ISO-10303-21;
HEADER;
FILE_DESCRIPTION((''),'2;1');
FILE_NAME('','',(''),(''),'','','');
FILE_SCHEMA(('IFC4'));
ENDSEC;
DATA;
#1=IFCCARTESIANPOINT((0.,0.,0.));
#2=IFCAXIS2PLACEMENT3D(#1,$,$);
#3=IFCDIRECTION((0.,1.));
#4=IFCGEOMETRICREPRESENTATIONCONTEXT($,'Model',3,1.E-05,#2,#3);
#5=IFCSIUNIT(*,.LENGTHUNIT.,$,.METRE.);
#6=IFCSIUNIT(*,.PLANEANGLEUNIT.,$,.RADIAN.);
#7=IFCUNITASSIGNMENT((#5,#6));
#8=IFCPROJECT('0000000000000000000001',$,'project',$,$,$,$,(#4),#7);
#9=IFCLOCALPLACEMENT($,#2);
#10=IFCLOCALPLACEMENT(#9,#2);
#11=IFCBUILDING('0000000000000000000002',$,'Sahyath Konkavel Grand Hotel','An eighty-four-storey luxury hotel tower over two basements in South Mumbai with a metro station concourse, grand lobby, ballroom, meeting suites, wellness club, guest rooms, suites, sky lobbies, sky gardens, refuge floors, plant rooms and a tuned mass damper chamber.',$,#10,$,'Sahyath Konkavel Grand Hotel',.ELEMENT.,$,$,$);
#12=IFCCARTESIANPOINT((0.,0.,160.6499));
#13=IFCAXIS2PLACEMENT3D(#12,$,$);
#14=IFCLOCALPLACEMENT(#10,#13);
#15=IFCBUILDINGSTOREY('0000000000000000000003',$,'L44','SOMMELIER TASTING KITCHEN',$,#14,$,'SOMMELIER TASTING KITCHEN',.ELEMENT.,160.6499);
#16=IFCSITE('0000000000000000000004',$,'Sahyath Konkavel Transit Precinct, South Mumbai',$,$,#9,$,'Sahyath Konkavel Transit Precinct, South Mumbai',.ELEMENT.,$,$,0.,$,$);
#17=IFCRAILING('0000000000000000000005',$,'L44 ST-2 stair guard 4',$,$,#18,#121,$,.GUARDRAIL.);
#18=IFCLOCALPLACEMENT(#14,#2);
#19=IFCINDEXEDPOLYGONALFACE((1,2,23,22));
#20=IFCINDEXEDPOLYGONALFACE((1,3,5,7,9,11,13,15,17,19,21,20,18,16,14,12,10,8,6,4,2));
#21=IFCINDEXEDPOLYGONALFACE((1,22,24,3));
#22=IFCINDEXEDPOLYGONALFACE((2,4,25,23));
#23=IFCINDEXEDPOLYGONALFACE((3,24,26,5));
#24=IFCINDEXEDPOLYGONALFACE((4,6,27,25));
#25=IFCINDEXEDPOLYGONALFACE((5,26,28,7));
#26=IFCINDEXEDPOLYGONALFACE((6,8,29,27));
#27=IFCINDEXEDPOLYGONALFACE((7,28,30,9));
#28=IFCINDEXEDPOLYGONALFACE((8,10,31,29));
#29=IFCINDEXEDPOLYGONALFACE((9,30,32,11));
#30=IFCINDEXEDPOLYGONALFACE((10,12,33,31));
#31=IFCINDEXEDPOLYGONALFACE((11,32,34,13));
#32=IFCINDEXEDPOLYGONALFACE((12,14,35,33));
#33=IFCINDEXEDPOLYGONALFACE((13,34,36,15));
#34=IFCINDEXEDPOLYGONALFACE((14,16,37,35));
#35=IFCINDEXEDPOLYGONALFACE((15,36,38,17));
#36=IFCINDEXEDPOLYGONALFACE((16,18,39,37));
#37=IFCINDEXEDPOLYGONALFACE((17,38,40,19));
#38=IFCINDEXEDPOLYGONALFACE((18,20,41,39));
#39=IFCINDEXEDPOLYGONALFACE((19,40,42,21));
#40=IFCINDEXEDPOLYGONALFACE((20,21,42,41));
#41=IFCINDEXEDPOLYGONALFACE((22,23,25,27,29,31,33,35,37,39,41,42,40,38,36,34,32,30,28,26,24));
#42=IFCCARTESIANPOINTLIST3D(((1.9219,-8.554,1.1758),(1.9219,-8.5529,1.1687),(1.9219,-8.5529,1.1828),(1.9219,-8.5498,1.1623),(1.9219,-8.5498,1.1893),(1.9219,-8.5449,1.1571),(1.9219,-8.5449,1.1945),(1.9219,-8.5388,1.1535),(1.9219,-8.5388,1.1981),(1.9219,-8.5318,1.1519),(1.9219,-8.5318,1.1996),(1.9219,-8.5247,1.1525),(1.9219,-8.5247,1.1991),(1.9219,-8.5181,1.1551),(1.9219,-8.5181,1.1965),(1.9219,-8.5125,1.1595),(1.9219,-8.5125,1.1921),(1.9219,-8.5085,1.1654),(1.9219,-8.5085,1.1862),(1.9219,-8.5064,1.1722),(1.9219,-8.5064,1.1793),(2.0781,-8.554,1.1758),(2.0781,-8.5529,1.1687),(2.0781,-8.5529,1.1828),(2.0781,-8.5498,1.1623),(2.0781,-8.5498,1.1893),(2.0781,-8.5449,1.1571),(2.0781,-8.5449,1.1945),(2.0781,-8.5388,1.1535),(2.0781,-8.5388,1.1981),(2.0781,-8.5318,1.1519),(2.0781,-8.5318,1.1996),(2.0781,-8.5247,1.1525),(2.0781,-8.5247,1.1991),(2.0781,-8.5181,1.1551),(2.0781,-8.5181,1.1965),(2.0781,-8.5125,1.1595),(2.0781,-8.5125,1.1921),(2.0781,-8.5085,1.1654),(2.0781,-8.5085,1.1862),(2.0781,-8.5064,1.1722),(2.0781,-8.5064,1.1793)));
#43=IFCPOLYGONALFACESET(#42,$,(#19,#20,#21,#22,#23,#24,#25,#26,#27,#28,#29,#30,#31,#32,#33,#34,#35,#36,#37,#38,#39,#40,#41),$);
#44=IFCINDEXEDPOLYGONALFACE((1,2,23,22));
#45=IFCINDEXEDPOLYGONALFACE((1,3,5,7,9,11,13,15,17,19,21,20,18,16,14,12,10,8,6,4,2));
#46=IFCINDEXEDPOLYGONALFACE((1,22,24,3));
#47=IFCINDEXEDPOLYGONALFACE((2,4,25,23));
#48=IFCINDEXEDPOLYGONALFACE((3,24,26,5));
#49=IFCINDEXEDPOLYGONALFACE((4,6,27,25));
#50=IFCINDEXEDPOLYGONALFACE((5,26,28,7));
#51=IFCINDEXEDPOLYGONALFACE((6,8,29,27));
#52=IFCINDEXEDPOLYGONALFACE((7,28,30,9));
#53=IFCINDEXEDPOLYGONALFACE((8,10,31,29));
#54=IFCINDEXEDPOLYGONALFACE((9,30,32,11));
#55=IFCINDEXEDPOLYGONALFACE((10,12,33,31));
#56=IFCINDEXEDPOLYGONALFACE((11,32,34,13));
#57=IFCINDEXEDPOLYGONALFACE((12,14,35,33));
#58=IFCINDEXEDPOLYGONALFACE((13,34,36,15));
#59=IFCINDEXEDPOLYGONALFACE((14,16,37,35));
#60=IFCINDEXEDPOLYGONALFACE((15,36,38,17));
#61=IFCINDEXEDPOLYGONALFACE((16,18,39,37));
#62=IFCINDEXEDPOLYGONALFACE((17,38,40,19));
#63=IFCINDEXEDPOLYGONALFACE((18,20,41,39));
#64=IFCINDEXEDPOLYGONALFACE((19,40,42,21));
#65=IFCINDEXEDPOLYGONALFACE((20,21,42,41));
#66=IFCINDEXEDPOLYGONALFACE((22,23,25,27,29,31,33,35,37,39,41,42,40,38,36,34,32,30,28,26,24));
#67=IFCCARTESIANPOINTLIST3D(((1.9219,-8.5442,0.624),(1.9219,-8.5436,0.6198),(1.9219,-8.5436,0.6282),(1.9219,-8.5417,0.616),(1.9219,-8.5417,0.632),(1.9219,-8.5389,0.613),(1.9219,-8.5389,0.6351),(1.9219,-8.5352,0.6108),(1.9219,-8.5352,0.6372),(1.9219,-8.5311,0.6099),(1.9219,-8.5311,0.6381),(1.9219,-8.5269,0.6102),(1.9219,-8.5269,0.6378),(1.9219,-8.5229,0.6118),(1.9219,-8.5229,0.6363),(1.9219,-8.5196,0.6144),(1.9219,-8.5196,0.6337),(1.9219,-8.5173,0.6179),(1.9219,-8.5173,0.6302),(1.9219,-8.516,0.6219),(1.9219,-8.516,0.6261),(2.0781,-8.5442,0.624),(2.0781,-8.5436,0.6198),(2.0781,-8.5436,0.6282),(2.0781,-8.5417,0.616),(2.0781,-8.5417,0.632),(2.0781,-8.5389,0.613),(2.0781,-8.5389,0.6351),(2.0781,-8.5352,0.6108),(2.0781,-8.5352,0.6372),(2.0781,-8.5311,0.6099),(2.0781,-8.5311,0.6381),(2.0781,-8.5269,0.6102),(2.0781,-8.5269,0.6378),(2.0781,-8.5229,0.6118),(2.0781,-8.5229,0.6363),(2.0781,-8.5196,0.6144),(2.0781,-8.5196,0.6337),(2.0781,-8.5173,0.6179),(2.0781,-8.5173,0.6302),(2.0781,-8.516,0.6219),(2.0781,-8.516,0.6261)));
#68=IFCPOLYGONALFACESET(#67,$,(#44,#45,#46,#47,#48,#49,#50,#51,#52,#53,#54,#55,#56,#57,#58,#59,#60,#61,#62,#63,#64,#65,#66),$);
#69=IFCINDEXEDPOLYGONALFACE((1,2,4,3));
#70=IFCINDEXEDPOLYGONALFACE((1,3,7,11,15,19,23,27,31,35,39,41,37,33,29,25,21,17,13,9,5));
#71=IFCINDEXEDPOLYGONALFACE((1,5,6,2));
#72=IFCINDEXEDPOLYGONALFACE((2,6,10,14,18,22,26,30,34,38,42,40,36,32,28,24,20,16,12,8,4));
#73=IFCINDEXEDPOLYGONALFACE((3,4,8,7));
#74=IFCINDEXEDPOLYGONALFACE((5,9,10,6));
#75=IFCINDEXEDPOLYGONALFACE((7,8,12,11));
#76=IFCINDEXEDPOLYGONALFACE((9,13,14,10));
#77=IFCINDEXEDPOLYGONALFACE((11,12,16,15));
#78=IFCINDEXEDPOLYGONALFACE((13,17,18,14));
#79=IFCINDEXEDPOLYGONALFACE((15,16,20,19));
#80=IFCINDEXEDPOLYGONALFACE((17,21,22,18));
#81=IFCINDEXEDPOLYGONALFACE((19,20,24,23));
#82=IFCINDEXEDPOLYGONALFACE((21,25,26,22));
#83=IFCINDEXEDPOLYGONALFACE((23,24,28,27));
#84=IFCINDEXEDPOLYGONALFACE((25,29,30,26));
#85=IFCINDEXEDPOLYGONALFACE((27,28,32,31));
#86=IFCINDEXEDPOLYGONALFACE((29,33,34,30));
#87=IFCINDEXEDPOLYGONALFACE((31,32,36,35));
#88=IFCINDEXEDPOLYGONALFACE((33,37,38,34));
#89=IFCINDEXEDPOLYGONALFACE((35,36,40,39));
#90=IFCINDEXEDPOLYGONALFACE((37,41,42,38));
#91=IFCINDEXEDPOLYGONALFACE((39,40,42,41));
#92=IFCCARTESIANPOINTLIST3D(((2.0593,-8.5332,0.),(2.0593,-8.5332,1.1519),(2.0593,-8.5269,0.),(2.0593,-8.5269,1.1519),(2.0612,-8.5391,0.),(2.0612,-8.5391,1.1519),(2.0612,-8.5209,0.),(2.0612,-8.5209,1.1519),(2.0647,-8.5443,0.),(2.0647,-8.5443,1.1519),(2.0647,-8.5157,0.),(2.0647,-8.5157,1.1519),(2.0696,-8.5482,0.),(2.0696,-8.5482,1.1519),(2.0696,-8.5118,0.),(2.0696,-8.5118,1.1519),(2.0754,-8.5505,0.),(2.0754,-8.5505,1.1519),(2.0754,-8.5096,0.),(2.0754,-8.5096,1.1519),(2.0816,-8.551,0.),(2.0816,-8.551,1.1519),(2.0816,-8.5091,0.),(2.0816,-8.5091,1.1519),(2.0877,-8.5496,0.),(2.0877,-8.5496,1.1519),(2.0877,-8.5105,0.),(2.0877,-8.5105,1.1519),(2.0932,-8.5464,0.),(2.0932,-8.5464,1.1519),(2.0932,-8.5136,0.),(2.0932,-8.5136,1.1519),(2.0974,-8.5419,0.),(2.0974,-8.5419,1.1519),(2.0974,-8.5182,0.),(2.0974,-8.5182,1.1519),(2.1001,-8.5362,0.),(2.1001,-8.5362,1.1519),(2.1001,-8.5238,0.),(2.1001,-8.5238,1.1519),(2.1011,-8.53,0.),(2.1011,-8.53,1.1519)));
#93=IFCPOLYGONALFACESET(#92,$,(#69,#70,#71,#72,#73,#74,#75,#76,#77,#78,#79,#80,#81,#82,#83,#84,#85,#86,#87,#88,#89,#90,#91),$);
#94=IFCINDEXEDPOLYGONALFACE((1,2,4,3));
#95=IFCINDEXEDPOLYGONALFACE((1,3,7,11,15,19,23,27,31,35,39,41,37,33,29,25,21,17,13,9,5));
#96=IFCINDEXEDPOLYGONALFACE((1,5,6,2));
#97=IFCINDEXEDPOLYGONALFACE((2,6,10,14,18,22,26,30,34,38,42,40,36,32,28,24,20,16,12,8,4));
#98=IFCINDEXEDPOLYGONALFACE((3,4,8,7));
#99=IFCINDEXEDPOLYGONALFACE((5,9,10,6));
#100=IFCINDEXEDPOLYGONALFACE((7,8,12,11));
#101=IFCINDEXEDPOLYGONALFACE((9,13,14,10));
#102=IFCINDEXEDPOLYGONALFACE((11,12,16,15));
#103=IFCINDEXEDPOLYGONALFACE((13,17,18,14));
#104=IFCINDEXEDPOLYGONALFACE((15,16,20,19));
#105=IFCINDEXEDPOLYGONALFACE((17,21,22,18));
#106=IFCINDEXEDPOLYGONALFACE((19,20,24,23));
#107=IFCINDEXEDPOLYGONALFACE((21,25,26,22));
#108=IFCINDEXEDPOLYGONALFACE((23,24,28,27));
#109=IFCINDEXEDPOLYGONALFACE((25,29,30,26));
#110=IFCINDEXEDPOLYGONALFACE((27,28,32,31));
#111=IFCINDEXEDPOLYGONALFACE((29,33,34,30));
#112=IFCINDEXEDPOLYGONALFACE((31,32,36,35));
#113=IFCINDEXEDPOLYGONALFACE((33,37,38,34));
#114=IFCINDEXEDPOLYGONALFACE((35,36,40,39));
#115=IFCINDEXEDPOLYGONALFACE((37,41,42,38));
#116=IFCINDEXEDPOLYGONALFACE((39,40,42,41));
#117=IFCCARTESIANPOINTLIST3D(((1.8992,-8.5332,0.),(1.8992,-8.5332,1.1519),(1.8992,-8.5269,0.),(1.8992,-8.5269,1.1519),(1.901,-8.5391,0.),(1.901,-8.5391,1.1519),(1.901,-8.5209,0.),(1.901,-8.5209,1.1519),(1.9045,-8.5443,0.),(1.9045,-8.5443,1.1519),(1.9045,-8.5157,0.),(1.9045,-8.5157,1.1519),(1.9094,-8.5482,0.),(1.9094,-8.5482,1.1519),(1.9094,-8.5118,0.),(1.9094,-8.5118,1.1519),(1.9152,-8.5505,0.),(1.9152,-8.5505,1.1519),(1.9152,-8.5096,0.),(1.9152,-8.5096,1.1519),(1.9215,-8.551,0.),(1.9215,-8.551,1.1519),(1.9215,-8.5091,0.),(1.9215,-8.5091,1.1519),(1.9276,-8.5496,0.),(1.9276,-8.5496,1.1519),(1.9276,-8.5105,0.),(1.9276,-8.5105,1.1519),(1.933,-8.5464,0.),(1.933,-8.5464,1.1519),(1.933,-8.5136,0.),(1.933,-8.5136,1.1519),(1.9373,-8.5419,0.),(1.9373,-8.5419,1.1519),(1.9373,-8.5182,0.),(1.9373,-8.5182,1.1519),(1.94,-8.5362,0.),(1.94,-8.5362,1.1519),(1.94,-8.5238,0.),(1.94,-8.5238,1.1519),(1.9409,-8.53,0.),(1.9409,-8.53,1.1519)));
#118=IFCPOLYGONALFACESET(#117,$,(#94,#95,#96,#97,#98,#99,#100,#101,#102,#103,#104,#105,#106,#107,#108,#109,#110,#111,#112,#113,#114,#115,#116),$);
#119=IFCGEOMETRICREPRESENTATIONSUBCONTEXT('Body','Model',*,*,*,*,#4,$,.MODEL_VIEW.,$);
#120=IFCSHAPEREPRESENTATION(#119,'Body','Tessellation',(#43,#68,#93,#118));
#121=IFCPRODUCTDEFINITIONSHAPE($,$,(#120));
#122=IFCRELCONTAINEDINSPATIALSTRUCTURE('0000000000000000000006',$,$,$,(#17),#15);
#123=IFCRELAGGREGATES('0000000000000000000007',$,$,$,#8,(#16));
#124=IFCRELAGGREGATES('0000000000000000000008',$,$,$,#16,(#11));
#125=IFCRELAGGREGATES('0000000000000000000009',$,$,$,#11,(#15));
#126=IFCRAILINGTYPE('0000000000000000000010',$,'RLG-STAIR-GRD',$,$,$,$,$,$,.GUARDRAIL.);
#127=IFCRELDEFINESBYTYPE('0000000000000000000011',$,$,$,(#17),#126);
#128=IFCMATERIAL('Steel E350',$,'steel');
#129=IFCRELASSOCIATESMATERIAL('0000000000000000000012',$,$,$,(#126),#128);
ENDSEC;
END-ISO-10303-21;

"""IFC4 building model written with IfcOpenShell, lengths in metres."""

from ifc_helpers import new_model, si_unit, direction, frame, origin, origin_2d, place, context, subcontext, project, spatial, circle, extrude, material, type_object, element, save


model = new_model("IFC4")

# Units and contexts
model_context = context("Model", 3, precision=1e-05, world=origin(), true_north=direction((0.0, 1.0)))
body_context = subcontext(model_context, "Body", "Model", "MODEL_VIEW")
ifc_project = project(units=[si_unit("LENGTHUNIT", "METRE"), si_unit("PLANEANGLEUNIT", "RADIAN")], contexts=[model_context])

# Site, building, storey
site_placement = place(None, origin())
site = spatial("IfcSite", under=ifc_project, at=site_placement, Name="Sahyath Konkavel Transit Precinct, South Mumbai", LongName="Sahyath Konkavel Transit Precinct, South Mumbai", CompositionType="ELEMENT", RefElevation=0.0)
building_placement = place(site_placement, origin())
building = spatial("IfcBuilding", under=site, at=building_placement, Name="Sahyath Konkavel Grand Hotel", Description="An eighty-four-storey luxury hotel tower over two basements in South Mumbai with a metro station concourse, grand lobby, ballroom, meeting suites, wellness club, guest rooms, suites, sky lobbies, sky gardens, refuge floors, plant rooms and a tuned mass damper chamber.", LongName="Sahyath Konkavel Grand Hotel", CompositionType="ELEMENT")
storey_placement = place(building_placement, frame((0.0, 0.0, 160.6499)))
storey = spatial("IfcBuildingStorey", under=building, at=storey_placement, Name="L44", Description="SOMMELIER TASTING KITCHEN", LongName="SOMMELIER TASTING KITCHEN", CompositionType="ELEMENT", Elevation=160.6499)

# Shared definitions
ifc_material_1 = material(Name="Steel E350", Category="steel")

# Railing
railing_type_1 = type_object("IfcRailingType", Name="RLG-STAIR-GRD", PredefinedType="GUARDRAIL", material=ifc_material_1)
railing_1_placement = place(storey_placement, frame((2.0801, -8.53, 0.0)))
element("IfcRailing", 1, at=railing_1_placement, inside=storey, type_object=railing_type_1, Name="L44 ST-2 stair guard 4", PredefinedType="GUARDRAIL", context=body_context, shape_type="SweptSolid", body=[
    extrude(circle(Radius=0.0239, at=origin_2d()), frame((-0.002, 0.0, 1.1758), z_axis=(-1.0, 0.0, 0.0), x_axis=(0.0, -1.0, 0.0)), (0.0, 0.0, 1.0), 0.1562),
    extrude(circle(Radius=0.0142, at=origin_2d()), frame((-0.002, 0.0, 0.624), z_axis=(-1.0, 0.0, 0.0), x_axis=(0.0, -1.0, 0.0)), (0.0, 0.0, 1.0), 0.1562),
    extrude(circle(Radius=0.021, at=origin_2d()), origin(), (0.0, 0.0, 1.0), 1.1519),
    extrude(circle(Radius=0.021, at=origin_2d()), frame((-0.1602, 0.0, 0.0)), (0.0, 0.0, 1.0), 1.1519),
])

save(model, "model.ifc")
